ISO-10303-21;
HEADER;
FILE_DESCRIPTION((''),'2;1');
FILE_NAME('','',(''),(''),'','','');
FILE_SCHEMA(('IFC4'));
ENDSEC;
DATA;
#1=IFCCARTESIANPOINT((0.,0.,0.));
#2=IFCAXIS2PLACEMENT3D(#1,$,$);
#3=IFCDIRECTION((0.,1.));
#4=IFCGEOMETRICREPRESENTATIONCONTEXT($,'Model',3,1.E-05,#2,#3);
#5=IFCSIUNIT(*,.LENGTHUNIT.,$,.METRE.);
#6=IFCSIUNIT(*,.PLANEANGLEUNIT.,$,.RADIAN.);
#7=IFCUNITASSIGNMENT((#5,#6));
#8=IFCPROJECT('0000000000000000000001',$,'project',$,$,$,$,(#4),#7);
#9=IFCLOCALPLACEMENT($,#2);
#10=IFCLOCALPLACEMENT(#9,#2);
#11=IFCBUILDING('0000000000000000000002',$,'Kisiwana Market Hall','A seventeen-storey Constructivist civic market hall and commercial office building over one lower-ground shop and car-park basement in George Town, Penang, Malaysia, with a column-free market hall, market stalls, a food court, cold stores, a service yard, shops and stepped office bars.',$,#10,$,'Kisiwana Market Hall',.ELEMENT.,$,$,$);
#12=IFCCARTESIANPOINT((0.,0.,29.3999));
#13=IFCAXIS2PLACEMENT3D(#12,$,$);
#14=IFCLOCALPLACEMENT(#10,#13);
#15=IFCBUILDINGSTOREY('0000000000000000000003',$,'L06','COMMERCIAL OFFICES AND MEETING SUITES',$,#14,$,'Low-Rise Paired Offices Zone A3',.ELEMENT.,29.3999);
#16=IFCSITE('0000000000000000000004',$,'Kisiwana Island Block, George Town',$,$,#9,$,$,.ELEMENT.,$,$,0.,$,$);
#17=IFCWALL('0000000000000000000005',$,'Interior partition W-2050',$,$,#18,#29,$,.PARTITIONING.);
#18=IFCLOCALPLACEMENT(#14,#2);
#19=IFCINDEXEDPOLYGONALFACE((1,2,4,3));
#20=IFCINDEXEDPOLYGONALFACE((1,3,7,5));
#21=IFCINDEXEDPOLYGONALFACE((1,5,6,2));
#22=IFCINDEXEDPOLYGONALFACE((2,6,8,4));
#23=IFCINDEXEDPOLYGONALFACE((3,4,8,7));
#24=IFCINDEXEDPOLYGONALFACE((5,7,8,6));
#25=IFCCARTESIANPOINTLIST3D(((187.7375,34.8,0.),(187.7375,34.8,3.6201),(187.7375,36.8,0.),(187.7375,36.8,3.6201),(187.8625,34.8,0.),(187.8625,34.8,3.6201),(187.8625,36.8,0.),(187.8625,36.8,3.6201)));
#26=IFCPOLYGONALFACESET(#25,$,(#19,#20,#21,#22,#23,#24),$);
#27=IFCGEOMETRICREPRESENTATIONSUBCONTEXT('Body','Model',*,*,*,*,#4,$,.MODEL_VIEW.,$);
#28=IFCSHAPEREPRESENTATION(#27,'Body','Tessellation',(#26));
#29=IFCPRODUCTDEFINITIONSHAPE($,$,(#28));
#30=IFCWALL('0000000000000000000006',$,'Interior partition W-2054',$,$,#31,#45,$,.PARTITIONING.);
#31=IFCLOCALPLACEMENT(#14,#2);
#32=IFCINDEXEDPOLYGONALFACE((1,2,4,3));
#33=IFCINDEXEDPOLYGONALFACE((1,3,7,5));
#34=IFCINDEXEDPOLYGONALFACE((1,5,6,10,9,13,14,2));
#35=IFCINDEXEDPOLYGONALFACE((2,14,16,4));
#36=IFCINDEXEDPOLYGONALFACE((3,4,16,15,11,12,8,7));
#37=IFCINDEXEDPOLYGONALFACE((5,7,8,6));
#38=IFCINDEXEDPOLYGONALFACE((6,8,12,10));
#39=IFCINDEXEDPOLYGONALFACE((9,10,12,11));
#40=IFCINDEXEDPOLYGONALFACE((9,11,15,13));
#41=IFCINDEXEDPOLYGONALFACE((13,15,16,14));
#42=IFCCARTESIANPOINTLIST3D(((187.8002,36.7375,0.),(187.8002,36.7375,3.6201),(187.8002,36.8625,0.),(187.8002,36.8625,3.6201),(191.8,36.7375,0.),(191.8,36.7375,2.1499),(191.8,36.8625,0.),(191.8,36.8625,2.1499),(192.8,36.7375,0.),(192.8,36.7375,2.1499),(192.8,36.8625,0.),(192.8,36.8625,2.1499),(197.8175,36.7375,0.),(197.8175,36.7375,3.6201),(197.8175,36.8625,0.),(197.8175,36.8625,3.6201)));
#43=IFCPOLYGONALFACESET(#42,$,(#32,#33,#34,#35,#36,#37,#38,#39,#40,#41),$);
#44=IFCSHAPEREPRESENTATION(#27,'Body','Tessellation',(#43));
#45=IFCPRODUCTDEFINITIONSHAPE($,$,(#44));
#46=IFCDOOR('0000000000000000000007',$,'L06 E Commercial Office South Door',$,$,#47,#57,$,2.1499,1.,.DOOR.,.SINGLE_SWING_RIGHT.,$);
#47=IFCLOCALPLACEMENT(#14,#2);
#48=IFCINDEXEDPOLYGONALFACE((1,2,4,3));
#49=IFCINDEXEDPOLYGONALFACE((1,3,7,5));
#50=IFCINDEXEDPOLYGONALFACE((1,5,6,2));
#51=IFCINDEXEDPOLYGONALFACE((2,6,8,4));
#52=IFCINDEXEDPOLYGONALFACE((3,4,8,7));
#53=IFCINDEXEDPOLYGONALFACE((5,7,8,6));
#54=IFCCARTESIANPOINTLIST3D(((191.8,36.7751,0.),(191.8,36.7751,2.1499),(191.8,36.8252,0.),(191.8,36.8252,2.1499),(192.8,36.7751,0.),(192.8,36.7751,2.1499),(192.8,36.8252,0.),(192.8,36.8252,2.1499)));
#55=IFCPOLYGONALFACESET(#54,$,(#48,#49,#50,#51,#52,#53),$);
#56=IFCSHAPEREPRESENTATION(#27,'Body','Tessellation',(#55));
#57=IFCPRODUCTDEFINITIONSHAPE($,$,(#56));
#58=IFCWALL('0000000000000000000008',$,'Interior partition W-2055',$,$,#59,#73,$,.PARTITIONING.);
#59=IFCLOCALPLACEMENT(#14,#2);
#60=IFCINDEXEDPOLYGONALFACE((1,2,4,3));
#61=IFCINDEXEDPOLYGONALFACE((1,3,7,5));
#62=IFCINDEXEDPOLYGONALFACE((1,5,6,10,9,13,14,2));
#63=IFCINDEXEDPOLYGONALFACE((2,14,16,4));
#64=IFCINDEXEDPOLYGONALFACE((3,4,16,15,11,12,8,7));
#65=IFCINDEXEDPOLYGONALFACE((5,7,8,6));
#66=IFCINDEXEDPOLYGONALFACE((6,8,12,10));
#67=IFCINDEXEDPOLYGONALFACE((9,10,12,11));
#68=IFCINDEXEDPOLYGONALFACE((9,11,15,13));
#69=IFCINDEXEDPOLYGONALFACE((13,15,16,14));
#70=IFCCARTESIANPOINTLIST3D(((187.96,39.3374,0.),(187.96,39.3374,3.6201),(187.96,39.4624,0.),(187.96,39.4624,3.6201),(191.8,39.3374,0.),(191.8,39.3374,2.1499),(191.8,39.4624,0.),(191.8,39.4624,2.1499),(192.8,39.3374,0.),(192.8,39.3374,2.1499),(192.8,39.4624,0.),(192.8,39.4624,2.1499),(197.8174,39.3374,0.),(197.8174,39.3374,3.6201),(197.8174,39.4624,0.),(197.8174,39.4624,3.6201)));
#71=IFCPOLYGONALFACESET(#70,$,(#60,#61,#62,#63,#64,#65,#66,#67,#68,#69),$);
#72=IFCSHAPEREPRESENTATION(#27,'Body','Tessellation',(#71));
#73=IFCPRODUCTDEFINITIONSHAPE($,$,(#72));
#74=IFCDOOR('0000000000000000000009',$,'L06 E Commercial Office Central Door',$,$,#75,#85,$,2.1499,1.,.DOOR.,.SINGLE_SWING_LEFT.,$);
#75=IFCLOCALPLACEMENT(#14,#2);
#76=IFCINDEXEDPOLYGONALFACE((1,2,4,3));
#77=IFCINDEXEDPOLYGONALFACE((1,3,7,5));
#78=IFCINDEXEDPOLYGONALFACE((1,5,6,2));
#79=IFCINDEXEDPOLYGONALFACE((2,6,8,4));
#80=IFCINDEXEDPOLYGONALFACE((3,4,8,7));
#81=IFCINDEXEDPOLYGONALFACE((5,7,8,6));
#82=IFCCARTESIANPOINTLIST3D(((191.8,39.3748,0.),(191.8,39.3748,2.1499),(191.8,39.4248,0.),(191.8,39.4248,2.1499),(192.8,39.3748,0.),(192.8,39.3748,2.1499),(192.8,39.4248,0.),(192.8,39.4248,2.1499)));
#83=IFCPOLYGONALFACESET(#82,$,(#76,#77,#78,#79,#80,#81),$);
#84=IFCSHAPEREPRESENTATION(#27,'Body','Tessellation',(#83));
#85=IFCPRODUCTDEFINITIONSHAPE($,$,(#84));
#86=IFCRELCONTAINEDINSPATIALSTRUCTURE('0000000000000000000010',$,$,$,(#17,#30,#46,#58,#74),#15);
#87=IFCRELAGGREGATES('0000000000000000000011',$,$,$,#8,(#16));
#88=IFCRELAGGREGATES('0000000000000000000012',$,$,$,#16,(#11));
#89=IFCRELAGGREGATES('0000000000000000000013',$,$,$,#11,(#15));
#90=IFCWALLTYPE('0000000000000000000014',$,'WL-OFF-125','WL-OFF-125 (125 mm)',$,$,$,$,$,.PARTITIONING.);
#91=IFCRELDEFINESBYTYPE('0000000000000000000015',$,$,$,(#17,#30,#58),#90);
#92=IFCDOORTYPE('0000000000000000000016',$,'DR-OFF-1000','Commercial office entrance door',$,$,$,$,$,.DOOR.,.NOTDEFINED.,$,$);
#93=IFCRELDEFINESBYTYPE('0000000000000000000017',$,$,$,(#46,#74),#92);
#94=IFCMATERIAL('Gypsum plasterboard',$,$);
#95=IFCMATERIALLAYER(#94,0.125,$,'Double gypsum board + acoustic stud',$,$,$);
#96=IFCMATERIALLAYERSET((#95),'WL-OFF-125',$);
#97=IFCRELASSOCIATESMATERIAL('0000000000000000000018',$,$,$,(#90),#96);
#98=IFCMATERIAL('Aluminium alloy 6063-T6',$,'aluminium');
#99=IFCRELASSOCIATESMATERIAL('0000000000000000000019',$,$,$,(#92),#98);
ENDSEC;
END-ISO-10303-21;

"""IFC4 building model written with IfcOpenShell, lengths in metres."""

from ifc_helpers import new_model, si_unit, direction, frame, frame_2d, origin, place, context, subcontext, project, spatial, rectangle, extrude, material, layer, layer_set, type_object, element, fill, save


model = new_model("IFC4")

# Units and contexts
model_context = context("Model", 3, precision=1e-05, world=origin(), true_north=direction((0.0, 1.0)))
body_context = subcontext(model_context, "Body", "Model", "MODEL_VIEW")
ifc_project = project(units=[si_unit("LENGTHUNIT", "METRE"), si_unit("PLANEANGLEUNIT", "RADIAN")], contexts=[model_context])

# Site, building, storey
site_placement = place(None, origin())
site = spatial("IfcSite", under=ifc_project, at=site_placement, Name="Kisiwana Island Block, George Town", CompositionType="ELEMENT", RefElevation=0.0)
building_placement = place(site_placement, origin())
building = spatial("IfcBuilding", under=site, at=building_placement, Name="Kisiwana Market Hall", Description="A seventeen-storey Constructivist civic market hall and commercial office building over one lower-ground shop and car-park basement in George Town, Penang, Malaysia, with a column-free market hall, market stalls, a food court, cold stores, a service yard, shops and stepped office bars.", LongName="Kisiwana Market Hall", CompositionType="ELEMENT")
storey_placement = place(building_placement, frame((0.0, 0.0, 29.3999)))
storey = spatial("IfcBuildingStorey", under=building, at=storey_placement, Name="L06", Description="COMMERCIAL OFFICES AND MEETING SUITES", LongName="Low-Rise Paired Offices Zone A3", CompositionType="ELEMENT", Elevation=29.3999)

# Wall
ifc_material_1 = material(Name="Gypsum plasterboard")
ifc_layer_1 = layer(ifc_material_1, 0.125, Name="Double gypsum board + acoustic stud")
ifc_layer_set_1 = layer_set([ifc_layer_1], Name="WL-OFF-125")
wall_type_1 = type_object("IfcWallType", Name="WL-OFF-125", Description="WL-OFF-125 (125 mm)", PredefinedType="PARTITIONING", material=ifc_layer_set_1)
wall_1_placement = place(storey_placement, frame((187.8, 34.8, 0.0), z_axis=(0.0, 0.0, 1.0), x_axis=(0.0, 1.0, 0.0)))
element("IfcWall", 1, at=wall_1_placement, inside=storey, type_object=wall_type_1, Name="Interior partition W-2050", PredefinedType="PARTITIONING", context=body_context, shape_type="SweptSolid", body=[
    extrude(rectangle(XDim=2.0, YDim=0.125, at=frame_2d((1.0, 0.0))), origin(), (0.0, 0.0, 1.0), 3.6201),
])

# Walls, openings, doors
wall_2_placement = place(storey_placement, frame((187.8, 36.8, 0.0), z_axis=(0.0, 0.0, 1.0), x_axis=(1.0, 0.0, 0.0)))
wall_2 = element("IfcWall", 2, at=wall_2_placement, inside=storey, type_object=wall_type_1, Name="Interior partition W-2054", PredefinedType="PARTITIONING", context=body_context, shape_type="SweptSolid", body=[
    extrude(rectangle(XDim=10.0173, YDim=0.125, at=frame_2d((5.0088, 0.0))), origin(), (0.0, 0.0, 1.0), 3.6201),
])
opening_1_placement = place(wall_2_placement, frame((4.0, 0.0, 0.0)))
opening_1 = element("IfcOpeningElement", 3, at=opening_1_placement, cuts=wall_2, PredefinedType="OPENING", context=body_context, shape_type="SweptSolid", body=[
    extrude(rectangle(XDim=1.0, YDim=2.1499, at=frame_2d((0.5, 1.075))), frame((0.0, 0.0745, 0.0), z_axis=(0.0, -1.0, 0.0), x_axis=(1.0, 0.0, 0.0)), (0.0, 0.0, 1.0), 0.1489),
])
ifc_material_2 = material(Name="Aluminium alloy 6063-T6", Category="aluminium")
door_type_1 = type_object("IfcDoorType", Name="DR-OFF-1000", Description="Commercial office entrance door", OperationType="NOTDEFINED", PredefinedType="DOOR", material=ifc_material_2)
door_1_placement = place(opening_1_placement, frame((1.0, 0.0, 0.0), z_axis=(0.0, 0.0, 1.0), x_axis=(-1.0, 0.0, 0.0)))
door_1 = element("IfcDoor", 4, at=door_1_placement, inside=storey, type_object=door_type_1, Name="L06 E Commercial Office South Door", OperationType="SINGLE_SWING_RIGHT", OverallHeight=2.1499, OverallWidth=1.0, PredefinedType="DOOR", context=body_context, shape_type="SweptSolid", body=[
    extrude(rectangle(XDim=1.0, YDim=2.1499, at=frame_2d((0.5, 1.075))), frame((0.0, 0.0249, 0.0), z_axis=(0.0, -1.0, 0.0), x_axis=(1.0, 0.0, 0.0)), (0.0, 0.0, 1.0), 0.05),
])
fill(opening_1, door_1)
wall_3_placement = place(storey_placement, frame((187.96, 39.3999, 0.0), z_axis=(0.0, 0.0, 1.0), x_axis=(1.0, 0.0, 0.0)))
wall_3 = element("IfcWall", 5, at=wall_3_placement, inside=storey, type_object=wall_type_1, Name="Interior partition W-2055", PredefinedType="PARTITIONING", context=body_context, shape_type="SweptSolid", body=[
    extrude(rectangle(XDim=9.8574, YDim=0.125, at=frame_2d((4.9287, 0.0))), origin(), (0.0, 0.0, 1.0), 3.6201),
])
opening_2_placement = place(wall_3_placement, frame((3.8401, 0.0, 0.0)))
opening_2 = element("IfcOpeningElement", 6, at=opening_2_placement, cuts=wall_3, PredefinedType="OPENING", context=body_context, shape_type="SweptSolid", body=[
    extrude(rectangle(XDim=1.0, YDim=2.1499, at=frame_2d((0.5, 1.075))), frame((0.0, 0.0745, 0.0), z_axis=(0.0, -1.0, 0.0), x_axis=(1.0, 0.0, 0.0)), (0.0, 0.0, 1.0), 0.1489),
])
door_2_placement = place(opening_2_placement, origin())
door_2 = element("IfcDoor", 7, at=door_2_placement, inside=storey, type_object=door_type_1, Name="L06 E Commercial Office Central Door", OperationType="SINGLE_SWING_LEFT", OverallHeight=2.1499, OverallWidth=1.0, PredefinedType="DOOR", context=body_context, shape_type="SweptSolid", body=[
    extrude(rectangle(XDim=1.0, YDim=2.1499, at=frame_2d((0.5, 1.075))), frame((0.0, 0.0249, 0.0), z_axis=(0.0, -1.0, 0.0), x_axis=(1.0, 0.0, 0.0)), (0.0, 0.0, 1.0), 0.05),
])
fill(opening_2, door_2)

save(model, "model.ifc")
